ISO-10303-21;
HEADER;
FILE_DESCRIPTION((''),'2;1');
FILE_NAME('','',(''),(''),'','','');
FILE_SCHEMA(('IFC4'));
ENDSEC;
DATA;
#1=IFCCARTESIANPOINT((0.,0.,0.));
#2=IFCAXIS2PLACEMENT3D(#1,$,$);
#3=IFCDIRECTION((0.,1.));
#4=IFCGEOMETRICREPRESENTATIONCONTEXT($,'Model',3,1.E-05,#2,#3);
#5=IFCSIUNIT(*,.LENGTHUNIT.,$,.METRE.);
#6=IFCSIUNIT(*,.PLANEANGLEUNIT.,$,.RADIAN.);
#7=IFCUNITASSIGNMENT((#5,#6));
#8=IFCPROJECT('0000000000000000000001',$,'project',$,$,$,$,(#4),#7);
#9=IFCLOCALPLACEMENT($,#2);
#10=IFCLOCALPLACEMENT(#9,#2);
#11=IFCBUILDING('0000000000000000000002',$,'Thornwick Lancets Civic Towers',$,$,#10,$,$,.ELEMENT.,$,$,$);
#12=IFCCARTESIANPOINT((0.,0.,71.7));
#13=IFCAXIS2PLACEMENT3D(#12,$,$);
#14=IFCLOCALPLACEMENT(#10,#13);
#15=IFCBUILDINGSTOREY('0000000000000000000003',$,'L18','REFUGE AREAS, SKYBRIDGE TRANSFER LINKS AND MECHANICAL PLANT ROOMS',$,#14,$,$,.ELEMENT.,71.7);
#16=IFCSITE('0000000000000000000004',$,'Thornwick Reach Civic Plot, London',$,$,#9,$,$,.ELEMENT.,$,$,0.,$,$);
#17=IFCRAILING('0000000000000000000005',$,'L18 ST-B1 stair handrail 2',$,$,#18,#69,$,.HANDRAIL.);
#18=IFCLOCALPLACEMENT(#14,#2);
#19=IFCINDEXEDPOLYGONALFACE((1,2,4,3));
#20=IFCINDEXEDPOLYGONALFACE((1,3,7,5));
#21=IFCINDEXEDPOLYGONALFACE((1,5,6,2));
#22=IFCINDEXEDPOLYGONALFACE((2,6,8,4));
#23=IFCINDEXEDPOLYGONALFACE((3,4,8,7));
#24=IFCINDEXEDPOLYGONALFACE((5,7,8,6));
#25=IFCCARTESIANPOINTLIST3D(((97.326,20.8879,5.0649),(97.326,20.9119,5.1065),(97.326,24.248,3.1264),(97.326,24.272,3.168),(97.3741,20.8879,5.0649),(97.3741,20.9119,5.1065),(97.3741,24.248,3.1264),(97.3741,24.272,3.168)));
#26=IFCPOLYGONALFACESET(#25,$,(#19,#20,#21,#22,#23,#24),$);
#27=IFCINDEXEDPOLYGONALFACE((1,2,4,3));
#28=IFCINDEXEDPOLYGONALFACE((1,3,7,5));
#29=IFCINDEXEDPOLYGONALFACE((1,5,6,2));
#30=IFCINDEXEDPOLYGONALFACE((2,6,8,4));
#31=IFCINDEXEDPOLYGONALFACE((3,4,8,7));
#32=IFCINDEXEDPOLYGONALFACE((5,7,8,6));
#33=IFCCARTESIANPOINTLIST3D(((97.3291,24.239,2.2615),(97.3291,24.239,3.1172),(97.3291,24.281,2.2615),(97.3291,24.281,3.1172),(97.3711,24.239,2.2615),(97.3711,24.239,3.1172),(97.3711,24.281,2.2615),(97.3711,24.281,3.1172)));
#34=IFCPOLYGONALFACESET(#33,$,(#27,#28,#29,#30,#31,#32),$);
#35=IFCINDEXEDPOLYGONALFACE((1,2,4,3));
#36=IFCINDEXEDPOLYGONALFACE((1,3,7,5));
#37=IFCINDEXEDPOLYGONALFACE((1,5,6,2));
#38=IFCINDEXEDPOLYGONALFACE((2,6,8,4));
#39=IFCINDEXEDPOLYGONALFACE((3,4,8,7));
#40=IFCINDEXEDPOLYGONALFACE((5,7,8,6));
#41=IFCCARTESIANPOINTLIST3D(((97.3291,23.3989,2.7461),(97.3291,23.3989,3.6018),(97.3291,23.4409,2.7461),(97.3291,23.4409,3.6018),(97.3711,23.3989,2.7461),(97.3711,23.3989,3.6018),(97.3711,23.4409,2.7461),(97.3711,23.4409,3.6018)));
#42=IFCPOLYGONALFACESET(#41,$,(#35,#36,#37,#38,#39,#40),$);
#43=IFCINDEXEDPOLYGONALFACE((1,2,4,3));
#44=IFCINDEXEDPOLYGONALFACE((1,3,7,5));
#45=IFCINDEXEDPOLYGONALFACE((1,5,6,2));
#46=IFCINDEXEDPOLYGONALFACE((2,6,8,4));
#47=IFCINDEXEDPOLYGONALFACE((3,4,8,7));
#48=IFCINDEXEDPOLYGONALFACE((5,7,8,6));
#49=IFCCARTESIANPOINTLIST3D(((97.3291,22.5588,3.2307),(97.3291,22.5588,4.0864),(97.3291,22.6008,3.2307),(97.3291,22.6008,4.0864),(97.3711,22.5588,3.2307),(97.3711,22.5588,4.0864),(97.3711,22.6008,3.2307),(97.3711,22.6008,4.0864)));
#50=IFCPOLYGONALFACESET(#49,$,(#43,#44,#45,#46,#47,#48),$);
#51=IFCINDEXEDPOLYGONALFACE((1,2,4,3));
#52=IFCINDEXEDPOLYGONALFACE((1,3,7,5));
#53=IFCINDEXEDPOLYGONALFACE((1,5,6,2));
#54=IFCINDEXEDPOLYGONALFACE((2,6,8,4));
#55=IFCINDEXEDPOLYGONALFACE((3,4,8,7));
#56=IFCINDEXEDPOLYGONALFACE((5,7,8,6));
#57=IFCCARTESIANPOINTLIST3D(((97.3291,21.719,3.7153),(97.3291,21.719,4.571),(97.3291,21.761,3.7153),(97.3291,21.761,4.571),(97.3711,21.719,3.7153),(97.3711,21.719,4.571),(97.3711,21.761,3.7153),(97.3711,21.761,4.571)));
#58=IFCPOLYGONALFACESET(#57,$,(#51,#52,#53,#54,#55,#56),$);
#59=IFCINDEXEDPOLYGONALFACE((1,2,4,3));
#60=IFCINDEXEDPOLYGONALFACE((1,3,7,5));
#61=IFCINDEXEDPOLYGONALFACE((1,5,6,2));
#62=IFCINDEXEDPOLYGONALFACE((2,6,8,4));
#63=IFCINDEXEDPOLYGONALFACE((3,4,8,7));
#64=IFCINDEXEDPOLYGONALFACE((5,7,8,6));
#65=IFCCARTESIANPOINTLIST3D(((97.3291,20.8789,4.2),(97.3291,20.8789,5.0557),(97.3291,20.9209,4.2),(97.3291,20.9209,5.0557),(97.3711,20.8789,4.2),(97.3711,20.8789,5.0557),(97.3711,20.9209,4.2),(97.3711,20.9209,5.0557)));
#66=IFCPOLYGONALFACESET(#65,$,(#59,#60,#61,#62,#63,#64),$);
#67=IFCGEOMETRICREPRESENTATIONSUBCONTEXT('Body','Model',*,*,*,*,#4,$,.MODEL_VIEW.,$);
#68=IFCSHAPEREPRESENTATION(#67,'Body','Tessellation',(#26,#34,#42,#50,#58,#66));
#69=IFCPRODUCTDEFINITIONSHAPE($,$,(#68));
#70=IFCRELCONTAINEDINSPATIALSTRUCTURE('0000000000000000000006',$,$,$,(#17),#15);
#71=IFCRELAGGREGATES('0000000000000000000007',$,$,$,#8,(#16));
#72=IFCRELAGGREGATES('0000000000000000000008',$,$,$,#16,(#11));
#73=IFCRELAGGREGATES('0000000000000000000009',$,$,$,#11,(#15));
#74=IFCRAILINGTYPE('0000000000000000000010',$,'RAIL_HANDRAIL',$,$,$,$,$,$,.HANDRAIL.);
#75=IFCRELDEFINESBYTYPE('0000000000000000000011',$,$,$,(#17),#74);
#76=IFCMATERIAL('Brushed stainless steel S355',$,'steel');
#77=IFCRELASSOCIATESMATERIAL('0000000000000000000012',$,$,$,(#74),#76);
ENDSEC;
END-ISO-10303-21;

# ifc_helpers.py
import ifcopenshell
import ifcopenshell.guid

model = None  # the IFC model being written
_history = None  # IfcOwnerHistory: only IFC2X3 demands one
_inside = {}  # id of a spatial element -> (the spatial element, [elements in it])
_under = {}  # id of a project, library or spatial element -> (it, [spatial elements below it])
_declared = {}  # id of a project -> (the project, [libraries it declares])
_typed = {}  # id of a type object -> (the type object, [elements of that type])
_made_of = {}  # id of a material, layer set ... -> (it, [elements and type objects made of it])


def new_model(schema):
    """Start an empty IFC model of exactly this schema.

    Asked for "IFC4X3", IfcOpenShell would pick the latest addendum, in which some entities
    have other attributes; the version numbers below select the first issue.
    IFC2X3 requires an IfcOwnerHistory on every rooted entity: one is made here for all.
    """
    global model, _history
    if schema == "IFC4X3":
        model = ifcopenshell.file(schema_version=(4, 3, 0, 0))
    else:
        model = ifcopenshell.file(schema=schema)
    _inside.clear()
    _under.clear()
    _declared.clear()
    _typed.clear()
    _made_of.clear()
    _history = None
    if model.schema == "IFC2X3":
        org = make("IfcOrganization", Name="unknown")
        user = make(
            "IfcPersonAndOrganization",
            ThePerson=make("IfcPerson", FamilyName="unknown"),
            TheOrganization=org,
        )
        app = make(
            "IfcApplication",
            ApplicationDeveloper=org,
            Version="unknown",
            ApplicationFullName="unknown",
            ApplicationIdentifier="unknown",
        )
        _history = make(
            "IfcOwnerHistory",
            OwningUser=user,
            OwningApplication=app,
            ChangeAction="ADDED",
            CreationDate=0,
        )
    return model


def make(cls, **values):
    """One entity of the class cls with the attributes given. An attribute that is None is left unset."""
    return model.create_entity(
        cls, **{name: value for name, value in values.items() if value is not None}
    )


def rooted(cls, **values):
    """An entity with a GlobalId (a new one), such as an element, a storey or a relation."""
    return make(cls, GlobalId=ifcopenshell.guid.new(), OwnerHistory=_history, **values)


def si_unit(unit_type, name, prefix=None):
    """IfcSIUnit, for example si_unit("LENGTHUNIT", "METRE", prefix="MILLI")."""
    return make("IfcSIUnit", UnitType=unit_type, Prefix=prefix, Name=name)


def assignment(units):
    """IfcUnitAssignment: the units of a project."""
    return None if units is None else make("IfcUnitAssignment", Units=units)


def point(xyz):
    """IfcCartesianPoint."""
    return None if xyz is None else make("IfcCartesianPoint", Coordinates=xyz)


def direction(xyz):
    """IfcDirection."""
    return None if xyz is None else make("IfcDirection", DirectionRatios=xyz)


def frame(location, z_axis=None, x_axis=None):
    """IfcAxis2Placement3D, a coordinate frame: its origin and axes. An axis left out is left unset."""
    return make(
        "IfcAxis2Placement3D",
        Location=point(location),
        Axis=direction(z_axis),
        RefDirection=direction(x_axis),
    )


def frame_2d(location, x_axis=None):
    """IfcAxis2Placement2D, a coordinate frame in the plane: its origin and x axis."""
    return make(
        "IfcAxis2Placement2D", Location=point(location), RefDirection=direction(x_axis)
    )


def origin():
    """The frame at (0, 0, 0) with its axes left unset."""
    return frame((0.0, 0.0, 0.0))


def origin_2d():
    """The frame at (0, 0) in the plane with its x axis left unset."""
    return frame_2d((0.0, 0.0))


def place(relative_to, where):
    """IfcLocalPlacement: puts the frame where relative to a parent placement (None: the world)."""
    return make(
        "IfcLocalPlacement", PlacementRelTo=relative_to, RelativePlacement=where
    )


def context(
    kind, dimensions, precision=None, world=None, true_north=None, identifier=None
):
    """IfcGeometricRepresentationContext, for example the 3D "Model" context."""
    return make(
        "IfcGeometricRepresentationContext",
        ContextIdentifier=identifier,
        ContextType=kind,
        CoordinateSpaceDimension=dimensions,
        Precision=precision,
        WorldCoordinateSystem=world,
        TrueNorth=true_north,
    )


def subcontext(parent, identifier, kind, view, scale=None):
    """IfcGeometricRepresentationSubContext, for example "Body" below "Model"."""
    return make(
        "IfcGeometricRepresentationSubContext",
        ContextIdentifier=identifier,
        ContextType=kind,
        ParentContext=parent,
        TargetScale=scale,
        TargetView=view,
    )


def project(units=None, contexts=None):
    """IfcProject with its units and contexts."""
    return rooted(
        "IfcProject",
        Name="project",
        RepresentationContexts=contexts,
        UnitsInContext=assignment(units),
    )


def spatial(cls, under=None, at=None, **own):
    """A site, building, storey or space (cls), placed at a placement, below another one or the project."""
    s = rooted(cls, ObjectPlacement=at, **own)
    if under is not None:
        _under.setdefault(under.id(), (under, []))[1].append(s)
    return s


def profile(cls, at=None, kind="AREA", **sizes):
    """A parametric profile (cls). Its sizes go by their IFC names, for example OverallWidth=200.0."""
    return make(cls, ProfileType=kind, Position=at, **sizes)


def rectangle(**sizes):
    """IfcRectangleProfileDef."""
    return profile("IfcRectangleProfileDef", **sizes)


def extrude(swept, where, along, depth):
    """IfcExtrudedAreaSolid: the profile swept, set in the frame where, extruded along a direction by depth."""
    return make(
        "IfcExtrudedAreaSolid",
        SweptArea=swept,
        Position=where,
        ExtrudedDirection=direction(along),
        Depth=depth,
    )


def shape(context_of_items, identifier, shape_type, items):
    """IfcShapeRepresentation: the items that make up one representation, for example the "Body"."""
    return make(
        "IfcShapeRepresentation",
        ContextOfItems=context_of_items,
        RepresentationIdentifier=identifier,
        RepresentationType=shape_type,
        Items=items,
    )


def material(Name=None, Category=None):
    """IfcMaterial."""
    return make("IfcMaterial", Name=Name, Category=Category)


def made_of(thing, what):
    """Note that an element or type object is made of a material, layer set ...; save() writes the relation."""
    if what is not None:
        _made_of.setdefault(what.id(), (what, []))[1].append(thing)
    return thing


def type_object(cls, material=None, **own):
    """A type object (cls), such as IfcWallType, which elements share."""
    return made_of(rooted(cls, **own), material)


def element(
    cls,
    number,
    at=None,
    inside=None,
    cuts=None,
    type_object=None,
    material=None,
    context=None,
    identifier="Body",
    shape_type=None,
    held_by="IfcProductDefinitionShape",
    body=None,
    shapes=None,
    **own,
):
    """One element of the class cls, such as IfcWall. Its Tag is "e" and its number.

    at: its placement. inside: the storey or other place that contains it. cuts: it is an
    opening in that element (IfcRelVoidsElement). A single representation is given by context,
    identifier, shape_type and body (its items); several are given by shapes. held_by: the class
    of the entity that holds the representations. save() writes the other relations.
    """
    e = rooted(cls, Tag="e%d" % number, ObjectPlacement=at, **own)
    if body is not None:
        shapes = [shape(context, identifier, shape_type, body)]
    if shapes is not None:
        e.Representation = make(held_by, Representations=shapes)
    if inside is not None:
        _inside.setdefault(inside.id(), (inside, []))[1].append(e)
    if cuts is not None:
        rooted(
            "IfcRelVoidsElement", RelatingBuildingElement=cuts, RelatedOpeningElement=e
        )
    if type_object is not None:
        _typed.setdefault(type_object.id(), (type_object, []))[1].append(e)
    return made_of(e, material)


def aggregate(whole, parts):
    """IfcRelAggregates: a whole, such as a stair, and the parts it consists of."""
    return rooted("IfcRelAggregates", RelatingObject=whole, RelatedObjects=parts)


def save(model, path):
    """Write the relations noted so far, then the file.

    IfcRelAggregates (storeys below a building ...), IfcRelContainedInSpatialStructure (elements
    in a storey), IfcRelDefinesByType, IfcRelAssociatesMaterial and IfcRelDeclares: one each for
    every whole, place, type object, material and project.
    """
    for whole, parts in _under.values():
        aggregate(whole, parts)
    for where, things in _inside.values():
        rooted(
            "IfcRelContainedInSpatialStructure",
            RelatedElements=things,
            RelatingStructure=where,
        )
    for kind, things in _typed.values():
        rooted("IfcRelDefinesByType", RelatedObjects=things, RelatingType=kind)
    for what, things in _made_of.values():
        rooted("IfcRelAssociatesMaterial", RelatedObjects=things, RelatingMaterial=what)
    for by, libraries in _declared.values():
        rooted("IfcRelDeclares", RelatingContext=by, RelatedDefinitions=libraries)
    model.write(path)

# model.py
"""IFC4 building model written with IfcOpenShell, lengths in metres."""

from ifc_helpers import new_model, si_unit, direction, frame, origin, origin_2d, place, context, subcontext, project, spatial, rectangle, extrude, material, type_object, element, save


model = new_model("IFC4")

# Units and contexts
model_context = context("Model", 3, precision=1e-05, world=origin(), true_north=direction((0.0, 1.0)))
body_context = subcontext(model_context, "Body", "Model", "MODEL_VIEW")
ifc_project = project(units=[si_unit("LENGTHUNIT", "METRE"), si_unit("PLANEANGLEUNIT", "RADIAN")], contexts=[model_context])

# Site, building, storey
site_placement = place(None, origin())
site = spatial("IfcSite", under=ifc_project, at=site_placement, Name="Thornwick Reach Civic Plot, London", CompositionType="ELEMENT", RefElevation=0.0)
building_placement = place(site_placement, origin())
building = spatial("IfcBuilding", under=site, at=building_placement, Name="Thornwick Lancets Civic Towers", CompositionType="ELEMENT")
storey_placement = place(building_placement, frame((0.0, 0.0, 71.7)))
storey = spatial("IfcBuildingStorey", under=building, at=storey_placement, Name="L18", Description="REFUGE AREAS, SKYBRIDGE TRANSFER LINKS AND MECHANICAL PLANT ROOMS", CompositionType="ELEMENT", Elevation=71.7)

# Railing
ifc_material_1 = material(Name="Brushed stainless steel S355", Category="steel")
railing_type_1 = type_object("IfcRailingType", Name="RAIL_HANDRAIL", PredefinedType="HANDRAIL", material=ifc_material_1)
railing_1_placement = place(storey_placement, frame((97.3501, 24.26, 2.2615)))
element("IfcRailing", 1, at=railing_1_placement, inside=storey, type_object=railing_type_1, Name="L18 ST-B1 stair handrail 2", PredefinedType="HANDRAIL", context=body_context, shape_type="SweptSolid", body=[
    extrude(rectangle(XDim=0.0481, YDim=0.0481, at=origin_2d()), frame((0.0, 0.0, 0.8857), z_axis=(0.0, -0.866191, 0.499713), x_axis=(1.0, 0.0, 0.0)), (0.0, 0.0, 1.0), 3.8792),
    extrude(rectangle(XDim=0.042, YDim=0.042, at=origin_2d()), origin(), (0.0, 0.0, 1.0), 0.8557),
    extrude(rectangle(XDim=0.042, YDim=0.042, at=origin_2d()), frame((0.0, -0.8401, 0.4846)), (0.0, 0.0, 1.0), 0.8557),
    extrude(rectangle(XDim=0.042, YDim=0.042, at=origin_2d()), frame((0.0, -1.6802, 0.9692)), (0.0, 0.0, 1.0), 0.8557),
    extrude(rectangle(XDim=0.042, YDim=0.042, at=origin_2d()), frame((0.0, -2.52, 1.4539)), (0.0, 0.0, 1.0), 0.8557),
    extrude(rectangle(XDim=0.042, YDim=0.042, at=origin_2d()), frame((0.0, -3.3601, 1.9385)), (0.0, 0.0, 1.0), 0.8557),
])

save(model, "model.ifc")
